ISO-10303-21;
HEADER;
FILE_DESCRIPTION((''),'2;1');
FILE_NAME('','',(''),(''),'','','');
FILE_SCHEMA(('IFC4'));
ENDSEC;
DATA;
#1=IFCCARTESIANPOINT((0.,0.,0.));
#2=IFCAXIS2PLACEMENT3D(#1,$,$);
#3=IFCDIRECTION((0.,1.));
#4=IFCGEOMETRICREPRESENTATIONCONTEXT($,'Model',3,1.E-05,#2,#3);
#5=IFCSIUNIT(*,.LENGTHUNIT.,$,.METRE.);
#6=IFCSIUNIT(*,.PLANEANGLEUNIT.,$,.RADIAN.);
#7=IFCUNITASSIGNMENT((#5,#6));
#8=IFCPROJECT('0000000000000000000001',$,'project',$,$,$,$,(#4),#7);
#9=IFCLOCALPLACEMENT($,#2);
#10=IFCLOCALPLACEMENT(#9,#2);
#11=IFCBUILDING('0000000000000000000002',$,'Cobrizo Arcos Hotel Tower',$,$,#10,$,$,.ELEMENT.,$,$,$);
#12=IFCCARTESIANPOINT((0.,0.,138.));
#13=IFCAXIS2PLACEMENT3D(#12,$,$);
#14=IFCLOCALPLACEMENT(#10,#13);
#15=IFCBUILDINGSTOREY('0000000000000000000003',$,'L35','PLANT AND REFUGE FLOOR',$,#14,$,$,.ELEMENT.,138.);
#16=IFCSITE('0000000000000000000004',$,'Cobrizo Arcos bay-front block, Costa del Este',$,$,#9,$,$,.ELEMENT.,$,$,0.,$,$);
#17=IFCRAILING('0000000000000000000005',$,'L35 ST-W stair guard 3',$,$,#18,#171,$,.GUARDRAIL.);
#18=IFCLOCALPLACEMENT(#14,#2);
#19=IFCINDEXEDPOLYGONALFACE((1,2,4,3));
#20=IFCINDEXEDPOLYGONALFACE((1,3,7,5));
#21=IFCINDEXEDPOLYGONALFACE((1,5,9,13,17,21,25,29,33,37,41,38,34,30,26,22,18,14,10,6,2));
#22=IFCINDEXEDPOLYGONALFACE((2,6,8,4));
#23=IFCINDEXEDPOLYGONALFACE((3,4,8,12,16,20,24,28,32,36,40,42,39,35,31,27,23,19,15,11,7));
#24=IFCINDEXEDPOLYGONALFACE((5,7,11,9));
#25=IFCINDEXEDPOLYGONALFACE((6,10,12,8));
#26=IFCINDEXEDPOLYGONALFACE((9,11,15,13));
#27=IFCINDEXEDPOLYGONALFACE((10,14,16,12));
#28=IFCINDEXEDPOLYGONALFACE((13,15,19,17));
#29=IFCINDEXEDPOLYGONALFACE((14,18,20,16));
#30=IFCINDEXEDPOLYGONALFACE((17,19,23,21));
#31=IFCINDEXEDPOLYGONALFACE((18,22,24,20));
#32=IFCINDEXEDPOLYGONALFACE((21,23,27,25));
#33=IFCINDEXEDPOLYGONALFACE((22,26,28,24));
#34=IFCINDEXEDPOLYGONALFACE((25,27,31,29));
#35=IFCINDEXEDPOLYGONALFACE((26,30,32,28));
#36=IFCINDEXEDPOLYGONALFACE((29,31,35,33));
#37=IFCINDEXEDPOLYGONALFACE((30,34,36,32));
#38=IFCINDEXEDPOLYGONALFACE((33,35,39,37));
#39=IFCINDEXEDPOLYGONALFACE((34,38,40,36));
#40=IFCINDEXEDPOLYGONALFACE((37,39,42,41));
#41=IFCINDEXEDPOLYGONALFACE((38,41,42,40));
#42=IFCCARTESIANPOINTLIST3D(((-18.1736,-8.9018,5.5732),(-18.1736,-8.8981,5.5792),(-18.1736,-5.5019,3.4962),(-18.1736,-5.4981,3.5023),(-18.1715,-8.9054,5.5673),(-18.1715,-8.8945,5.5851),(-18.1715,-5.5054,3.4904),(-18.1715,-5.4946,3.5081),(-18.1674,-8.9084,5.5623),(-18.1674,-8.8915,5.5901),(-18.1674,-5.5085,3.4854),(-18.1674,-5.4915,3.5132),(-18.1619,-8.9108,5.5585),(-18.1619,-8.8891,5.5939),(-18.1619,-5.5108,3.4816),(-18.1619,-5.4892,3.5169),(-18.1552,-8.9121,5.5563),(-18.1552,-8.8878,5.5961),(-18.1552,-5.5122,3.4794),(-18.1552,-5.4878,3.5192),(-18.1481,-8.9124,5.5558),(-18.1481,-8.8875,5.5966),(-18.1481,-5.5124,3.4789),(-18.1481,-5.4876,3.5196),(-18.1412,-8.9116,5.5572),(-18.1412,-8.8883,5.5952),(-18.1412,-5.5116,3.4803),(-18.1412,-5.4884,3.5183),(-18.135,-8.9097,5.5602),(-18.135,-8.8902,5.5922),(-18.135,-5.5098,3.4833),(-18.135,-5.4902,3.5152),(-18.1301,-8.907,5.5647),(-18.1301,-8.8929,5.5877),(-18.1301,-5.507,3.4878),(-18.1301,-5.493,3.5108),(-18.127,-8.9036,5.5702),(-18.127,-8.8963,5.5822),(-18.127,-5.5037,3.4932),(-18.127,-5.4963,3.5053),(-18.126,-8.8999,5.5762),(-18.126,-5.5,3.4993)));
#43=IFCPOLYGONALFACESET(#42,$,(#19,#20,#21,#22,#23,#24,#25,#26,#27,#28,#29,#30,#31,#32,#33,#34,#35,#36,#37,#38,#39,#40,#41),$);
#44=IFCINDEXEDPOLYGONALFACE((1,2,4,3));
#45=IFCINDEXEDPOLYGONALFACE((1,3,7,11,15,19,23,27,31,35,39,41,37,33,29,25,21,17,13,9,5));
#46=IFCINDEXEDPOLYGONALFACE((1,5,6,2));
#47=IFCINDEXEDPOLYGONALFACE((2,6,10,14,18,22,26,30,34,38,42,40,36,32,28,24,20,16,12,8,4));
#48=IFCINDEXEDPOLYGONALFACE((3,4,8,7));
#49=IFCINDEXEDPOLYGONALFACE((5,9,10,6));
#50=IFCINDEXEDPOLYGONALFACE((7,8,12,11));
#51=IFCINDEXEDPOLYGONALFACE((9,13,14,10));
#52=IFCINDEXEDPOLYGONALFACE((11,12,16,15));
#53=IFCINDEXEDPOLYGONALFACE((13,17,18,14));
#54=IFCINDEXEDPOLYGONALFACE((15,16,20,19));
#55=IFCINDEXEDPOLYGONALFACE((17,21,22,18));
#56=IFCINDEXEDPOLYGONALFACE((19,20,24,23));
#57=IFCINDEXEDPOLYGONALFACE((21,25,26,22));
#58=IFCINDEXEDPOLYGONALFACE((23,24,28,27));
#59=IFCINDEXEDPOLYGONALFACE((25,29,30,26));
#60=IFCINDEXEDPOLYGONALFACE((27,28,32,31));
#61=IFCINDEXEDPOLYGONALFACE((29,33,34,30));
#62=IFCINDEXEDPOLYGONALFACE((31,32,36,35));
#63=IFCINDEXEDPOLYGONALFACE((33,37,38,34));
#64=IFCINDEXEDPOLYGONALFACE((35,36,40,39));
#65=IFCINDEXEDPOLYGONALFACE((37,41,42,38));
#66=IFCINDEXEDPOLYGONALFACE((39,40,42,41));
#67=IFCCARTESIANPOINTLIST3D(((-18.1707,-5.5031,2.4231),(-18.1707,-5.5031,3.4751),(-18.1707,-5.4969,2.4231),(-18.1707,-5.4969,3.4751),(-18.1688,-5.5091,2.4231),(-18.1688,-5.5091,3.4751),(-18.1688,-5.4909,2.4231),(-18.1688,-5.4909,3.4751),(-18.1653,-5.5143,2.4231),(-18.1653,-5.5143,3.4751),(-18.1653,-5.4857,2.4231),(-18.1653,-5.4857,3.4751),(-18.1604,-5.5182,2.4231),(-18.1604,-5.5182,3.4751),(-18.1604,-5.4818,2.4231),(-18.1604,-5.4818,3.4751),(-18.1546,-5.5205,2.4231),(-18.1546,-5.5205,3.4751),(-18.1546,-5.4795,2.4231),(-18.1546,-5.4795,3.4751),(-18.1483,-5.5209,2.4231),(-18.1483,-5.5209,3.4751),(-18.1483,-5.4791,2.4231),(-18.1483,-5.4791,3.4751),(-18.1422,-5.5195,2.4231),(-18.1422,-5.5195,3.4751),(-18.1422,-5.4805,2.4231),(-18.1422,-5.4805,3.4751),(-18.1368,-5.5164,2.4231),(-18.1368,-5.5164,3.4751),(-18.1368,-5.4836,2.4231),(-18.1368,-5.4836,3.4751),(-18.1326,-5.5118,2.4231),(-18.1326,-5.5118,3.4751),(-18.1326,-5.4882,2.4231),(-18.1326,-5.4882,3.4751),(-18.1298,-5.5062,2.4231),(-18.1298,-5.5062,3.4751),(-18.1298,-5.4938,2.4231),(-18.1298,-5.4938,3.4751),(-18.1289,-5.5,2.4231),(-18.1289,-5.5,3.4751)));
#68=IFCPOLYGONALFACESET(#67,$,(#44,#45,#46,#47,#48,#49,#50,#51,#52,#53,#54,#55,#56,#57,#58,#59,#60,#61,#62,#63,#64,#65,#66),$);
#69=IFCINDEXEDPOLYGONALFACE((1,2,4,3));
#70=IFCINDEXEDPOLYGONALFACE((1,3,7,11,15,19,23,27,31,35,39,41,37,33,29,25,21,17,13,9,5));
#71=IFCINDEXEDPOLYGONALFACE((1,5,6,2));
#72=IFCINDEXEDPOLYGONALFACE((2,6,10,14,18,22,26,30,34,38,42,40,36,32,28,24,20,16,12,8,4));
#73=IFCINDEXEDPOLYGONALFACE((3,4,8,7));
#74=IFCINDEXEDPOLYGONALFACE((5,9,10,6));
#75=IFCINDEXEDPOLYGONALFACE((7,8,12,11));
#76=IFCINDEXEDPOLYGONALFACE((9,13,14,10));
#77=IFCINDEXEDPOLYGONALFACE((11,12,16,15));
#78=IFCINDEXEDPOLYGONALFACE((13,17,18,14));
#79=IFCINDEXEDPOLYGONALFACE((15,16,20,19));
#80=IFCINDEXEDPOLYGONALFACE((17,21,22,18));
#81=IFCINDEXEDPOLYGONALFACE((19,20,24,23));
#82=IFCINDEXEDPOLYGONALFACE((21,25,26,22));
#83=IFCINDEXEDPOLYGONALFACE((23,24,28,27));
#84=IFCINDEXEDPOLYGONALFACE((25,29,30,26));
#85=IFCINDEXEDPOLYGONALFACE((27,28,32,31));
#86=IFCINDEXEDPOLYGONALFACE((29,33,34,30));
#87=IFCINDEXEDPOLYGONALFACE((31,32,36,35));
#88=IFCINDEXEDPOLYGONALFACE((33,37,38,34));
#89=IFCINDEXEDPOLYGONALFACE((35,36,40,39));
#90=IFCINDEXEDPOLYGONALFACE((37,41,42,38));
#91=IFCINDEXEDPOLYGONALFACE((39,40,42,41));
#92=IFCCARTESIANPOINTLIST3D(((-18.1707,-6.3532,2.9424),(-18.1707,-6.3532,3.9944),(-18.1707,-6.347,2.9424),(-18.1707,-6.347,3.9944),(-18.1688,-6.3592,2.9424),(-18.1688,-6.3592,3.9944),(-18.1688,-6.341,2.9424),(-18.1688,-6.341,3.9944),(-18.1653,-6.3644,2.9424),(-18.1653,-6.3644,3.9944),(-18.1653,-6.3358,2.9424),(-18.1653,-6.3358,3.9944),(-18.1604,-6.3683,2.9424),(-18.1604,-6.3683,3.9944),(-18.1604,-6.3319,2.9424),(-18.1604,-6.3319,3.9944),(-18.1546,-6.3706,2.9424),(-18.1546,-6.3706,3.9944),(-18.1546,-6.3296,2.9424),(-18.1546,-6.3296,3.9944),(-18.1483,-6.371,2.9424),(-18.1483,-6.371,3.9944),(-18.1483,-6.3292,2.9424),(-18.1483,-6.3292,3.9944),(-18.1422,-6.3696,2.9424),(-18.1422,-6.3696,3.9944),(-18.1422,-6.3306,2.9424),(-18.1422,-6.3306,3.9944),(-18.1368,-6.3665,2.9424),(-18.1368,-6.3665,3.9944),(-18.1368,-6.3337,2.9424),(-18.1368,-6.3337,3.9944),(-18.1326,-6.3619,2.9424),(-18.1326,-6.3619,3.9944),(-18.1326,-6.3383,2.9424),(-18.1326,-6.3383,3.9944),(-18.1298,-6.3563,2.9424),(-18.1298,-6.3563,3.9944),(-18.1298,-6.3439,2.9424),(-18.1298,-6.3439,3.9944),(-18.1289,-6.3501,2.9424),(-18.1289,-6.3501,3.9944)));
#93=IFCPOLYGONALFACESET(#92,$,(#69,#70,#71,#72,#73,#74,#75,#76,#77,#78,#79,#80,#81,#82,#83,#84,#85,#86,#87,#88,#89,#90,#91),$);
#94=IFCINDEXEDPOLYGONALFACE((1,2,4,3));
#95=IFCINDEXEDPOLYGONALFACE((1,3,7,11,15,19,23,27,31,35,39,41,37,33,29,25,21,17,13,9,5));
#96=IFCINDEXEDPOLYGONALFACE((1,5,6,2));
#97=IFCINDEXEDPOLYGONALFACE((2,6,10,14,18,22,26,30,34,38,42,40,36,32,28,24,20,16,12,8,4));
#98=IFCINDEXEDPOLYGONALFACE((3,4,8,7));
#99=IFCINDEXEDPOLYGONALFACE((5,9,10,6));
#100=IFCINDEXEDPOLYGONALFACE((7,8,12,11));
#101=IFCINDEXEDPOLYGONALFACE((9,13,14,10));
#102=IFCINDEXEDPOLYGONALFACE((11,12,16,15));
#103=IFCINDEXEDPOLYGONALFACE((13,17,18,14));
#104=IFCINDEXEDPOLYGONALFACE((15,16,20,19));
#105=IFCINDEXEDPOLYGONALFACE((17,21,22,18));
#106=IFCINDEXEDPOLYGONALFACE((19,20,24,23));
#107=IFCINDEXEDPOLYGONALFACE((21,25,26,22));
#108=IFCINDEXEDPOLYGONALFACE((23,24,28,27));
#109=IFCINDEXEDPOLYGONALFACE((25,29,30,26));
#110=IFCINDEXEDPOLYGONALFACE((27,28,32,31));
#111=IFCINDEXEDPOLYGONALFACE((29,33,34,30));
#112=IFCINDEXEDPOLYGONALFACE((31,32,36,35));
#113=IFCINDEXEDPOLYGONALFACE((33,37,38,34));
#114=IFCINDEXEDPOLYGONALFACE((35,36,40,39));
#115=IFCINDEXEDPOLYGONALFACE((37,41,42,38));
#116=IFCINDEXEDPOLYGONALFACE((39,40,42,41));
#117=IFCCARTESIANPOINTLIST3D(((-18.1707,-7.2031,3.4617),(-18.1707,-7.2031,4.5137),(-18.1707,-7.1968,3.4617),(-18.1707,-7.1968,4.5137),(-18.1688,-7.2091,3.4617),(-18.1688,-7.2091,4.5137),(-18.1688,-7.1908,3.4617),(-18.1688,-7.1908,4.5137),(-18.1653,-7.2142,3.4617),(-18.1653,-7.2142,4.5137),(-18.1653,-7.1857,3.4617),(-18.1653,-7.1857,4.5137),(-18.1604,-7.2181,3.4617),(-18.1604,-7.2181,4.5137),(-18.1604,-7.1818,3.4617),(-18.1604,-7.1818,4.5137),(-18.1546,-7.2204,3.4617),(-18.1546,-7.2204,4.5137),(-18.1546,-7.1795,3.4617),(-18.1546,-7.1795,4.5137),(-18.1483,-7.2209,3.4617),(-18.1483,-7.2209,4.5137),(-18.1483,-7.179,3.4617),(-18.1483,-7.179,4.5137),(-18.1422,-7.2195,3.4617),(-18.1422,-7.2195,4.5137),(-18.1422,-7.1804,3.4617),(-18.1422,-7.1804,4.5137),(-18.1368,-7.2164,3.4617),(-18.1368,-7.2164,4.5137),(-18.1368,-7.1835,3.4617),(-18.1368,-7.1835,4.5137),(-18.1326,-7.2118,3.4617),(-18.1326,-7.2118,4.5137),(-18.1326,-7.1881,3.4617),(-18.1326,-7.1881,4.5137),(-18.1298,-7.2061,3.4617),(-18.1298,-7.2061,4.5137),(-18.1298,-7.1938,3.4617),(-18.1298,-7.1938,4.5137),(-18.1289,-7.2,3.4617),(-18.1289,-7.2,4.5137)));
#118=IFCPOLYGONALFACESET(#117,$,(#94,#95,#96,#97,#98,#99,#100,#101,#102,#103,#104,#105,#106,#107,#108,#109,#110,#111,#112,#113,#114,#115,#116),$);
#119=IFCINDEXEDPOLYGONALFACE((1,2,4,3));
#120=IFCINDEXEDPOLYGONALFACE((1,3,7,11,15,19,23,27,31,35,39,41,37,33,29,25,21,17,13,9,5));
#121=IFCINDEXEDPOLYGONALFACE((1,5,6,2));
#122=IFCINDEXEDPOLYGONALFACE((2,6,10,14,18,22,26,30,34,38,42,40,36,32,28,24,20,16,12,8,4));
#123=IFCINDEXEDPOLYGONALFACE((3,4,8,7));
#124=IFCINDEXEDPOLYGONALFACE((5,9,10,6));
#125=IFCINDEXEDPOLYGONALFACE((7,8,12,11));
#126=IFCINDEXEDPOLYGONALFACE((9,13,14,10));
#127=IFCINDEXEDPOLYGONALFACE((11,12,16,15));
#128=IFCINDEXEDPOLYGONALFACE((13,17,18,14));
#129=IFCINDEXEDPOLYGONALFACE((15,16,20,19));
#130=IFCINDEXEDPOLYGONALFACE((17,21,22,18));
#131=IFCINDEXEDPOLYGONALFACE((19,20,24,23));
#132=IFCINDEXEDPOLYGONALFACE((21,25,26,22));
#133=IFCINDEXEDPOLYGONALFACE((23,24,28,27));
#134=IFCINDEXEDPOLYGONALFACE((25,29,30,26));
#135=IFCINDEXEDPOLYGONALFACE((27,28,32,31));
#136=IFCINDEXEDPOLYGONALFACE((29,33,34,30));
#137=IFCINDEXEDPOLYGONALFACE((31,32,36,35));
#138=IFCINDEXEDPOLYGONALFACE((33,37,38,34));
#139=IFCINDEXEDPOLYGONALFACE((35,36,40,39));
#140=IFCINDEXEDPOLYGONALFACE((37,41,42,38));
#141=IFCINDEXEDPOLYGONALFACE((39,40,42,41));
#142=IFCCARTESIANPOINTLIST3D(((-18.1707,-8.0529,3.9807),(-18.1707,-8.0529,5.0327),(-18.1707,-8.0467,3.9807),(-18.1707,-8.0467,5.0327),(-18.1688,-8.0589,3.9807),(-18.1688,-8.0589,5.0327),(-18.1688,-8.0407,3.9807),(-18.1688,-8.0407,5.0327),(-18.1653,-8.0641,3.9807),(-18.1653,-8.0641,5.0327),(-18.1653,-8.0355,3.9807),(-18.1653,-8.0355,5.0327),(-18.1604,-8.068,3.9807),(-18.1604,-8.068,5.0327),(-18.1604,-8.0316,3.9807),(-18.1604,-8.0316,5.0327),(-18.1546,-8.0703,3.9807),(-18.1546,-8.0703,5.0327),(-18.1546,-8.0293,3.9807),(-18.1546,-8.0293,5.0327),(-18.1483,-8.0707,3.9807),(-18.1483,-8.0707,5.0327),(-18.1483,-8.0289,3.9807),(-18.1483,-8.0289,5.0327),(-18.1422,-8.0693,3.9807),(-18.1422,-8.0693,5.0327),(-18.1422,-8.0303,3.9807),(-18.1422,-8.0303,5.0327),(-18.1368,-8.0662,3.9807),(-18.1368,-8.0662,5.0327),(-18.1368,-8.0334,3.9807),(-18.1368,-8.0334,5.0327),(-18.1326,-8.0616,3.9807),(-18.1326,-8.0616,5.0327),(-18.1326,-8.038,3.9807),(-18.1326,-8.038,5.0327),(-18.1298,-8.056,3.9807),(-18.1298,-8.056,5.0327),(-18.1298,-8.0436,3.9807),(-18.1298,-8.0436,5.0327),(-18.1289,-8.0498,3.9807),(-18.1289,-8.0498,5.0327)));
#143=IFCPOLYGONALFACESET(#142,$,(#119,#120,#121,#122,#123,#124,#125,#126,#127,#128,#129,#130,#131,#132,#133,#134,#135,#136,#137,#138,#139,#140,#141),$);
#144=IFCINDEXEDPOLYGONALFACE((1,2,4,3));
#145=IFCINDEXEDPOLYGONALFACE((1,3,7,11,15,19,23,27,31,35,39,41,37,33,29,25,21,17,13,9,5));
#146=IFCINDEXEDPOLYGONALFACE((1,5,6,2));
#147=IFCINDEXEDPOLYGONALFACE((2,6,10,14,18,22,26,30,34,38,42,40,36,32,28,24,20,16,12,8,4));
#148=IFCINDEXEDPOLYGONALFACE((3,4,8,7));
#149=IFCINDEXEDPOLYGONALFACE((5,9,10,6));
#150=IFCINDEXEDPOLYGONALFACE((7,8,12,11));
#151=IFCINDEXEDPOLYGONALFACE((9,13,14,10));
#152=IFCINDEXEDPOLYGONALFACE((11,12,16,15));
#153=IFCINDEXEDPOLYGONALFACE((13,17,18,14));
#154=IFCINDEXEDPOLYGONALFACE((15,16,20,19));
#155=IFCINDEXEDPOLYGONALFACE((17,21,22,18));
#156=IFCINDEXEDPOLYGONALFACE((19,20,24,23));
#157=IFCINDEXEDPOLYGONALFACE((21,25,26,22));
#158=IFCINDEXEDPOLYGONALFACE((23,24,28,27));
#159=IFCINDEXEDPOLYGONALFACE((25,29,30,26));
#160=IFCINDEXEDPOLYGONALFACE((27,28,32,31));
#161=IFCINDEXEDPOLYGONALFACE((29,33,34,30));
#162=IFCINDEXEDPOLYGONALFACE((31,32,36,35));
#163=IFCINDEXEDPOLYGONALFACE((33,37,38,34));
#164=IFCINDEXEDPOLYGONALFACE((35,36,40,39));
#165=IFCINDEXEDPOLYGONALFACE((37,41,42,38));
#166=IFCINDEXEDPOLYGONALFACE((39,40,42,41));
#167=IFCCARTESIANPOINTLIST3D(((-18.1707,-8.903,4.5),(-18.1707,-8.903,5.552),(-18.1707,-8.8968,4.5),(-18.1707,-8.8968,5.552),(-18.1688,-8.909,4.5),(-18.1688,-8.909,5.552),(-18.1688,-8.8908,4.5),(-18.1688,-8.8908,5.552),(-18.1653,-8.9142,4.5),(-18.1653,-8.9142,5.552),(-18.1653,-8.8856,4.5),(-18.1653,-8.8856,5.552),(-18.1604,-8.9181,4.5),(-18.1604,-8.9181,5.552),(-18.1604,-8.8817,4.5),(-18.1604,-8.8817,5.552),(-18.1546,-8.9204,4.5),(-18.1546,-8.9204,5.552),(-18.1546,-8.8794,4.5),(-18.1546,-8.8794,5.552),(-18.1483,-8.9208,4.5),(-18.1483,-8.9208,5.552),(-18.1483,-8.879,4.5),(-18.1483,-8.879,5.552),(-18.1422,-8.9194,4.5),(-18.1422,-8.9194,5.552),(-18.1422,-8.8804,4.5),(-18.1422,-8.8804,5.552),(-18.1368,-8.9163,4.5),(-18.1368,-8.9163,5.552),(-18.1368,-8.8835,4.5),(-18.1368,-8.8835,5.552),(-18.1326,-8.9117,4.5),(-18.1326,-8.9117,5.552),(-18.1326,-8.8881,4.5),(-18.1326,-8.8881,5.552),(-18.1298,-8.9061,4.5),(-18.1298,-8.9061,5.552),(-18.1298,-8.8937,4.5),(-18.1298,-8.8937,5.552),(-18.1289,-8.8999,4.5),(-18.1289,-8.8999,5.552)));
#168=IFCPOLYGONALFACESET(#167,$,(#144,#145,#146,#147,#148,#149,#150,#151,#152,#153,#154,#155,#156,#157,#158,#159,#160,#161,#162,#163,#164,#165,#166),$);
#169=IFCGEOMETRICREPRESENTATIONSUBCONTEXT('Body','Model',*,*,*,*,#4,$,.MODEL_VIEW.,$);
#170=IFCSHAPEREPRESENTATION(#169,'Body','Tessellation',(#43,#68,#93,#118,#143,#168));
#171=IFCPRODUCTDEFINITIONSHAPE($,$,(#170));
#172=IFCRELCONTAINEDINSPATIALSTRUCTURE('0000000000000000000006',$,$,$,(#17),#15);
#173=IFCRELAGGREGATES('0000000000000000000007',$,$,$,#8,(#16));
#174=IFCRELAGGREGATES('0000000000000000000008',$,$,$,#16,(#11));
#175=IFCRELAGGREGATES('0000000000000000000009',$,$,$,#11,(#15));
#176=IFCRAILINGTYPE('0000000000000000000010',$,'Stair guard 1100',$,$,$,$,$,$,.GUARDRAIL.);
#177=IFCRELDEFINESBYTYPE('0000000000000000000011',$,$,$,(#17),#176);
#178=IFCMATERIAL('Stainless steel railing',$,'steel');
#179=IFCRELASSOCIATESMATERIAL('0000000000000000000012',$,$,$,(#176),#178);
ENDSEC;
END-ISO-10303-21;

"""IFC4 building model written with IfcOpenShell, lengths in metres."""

from ifc_helpers import new_model, si_unit, direction, frame, origin, origin_2d, place, context, subcontext, project, spatial, circle, extrude, material, type_object, element, save


model = new_model("IFC4")

# Units and contexts
model_context = context("Model", 3, precision=1e-05, world=origin(), true_north=direction((0.0, 1.0)))
body_context = subcontext(model_context, "Body", "Model", "MODEL_VIEW")
ifc_project = project(units=[si_unit("LENGTHUNIT", "METRE"), si_unit("PLANEANGLEUNIT", "RADIAN")], contexts=[model_context])

# Site, building, storey
site_placement = place(None, origin())
site = spatial("IfcSite", under=ifc_project, at=site_placement, Name="Cobrizo Arcos bay-front block, Costa del Este", CompositionType="ELEMENT", RefElevation=0.0)
building_placement = place(site_placement, origin())
building = spatial("IfcBuilding", under=site, at=building_placement, Name="Cobrizo Arcos Hotel Tower", CompositionType="ELEMENT")
storey_placement = place(building_placement, frame((0.0, 0.0, 138.0)))
storey = spatial("IfcBuildingStorey", under=building, at=storey_placement, Name="L35", Description="PLANT AND REFUGE FLOOR", CompositionType="ELEMENT", Elevation=138.0)

# Railing
ifc_material_1 = material(Name="Stainless steel railing", Category="steel")
railing_type_1 = type_object("IfcRailingType", Name="Stair guard 1100", PredefinedType="GUARDRAIL", material=ifc_material_1)
railing_1_placement = place(storey_placement, frame((-18.1499, -5.5, 2.4231)))
element("IfcRailing", 1, at=railing_1_placement, inside=storey, type_object=railing_type_1, Name="L35 ST-W stair guard 3", PredefinedType="GUARDRAIL", context=body_context, shape_type="SweptSolid", body=[
    extrude(circle(Radius=0.0239, at=origin_2d()), frame((0.0, 0.0, 1.0762), z_axis=(0.0, -0.853373, 0.521301), x_axis=(1.0, 0.0, 0.0)), (0.0, 0.0, 1.0), 3.9841),
    extrude(circle(Radius=0.021, at=origin_2d()), origin(), (0.0, 0.0, 1.0), 1.052),
    extrude(circle(Radius=0.021, at=origin_2d()), frame((0.0, -0.8501, 0.5193)), (0.0, 0.0, 1.0), 1.052),
    extrude(circle(Radius=0.021, at=origin_2d()), frame((0.0, -1.7, 1.0386)), (0.0, 0.0, 1.0), 1.052),
    extrude(circle(Radius=0.021, at=origin_2d()), frame((0.0, -2.5498, 1.5576)), (0.0, 0.0, 1.0), 1.052),
    extrude(circle(Radius=0.021, at=origin_2d()), frame((0.0, -3.3999, 2.0769)), (0.0, 0.0, 1.0), 1.052),
])

save(model, "model.ifc")
